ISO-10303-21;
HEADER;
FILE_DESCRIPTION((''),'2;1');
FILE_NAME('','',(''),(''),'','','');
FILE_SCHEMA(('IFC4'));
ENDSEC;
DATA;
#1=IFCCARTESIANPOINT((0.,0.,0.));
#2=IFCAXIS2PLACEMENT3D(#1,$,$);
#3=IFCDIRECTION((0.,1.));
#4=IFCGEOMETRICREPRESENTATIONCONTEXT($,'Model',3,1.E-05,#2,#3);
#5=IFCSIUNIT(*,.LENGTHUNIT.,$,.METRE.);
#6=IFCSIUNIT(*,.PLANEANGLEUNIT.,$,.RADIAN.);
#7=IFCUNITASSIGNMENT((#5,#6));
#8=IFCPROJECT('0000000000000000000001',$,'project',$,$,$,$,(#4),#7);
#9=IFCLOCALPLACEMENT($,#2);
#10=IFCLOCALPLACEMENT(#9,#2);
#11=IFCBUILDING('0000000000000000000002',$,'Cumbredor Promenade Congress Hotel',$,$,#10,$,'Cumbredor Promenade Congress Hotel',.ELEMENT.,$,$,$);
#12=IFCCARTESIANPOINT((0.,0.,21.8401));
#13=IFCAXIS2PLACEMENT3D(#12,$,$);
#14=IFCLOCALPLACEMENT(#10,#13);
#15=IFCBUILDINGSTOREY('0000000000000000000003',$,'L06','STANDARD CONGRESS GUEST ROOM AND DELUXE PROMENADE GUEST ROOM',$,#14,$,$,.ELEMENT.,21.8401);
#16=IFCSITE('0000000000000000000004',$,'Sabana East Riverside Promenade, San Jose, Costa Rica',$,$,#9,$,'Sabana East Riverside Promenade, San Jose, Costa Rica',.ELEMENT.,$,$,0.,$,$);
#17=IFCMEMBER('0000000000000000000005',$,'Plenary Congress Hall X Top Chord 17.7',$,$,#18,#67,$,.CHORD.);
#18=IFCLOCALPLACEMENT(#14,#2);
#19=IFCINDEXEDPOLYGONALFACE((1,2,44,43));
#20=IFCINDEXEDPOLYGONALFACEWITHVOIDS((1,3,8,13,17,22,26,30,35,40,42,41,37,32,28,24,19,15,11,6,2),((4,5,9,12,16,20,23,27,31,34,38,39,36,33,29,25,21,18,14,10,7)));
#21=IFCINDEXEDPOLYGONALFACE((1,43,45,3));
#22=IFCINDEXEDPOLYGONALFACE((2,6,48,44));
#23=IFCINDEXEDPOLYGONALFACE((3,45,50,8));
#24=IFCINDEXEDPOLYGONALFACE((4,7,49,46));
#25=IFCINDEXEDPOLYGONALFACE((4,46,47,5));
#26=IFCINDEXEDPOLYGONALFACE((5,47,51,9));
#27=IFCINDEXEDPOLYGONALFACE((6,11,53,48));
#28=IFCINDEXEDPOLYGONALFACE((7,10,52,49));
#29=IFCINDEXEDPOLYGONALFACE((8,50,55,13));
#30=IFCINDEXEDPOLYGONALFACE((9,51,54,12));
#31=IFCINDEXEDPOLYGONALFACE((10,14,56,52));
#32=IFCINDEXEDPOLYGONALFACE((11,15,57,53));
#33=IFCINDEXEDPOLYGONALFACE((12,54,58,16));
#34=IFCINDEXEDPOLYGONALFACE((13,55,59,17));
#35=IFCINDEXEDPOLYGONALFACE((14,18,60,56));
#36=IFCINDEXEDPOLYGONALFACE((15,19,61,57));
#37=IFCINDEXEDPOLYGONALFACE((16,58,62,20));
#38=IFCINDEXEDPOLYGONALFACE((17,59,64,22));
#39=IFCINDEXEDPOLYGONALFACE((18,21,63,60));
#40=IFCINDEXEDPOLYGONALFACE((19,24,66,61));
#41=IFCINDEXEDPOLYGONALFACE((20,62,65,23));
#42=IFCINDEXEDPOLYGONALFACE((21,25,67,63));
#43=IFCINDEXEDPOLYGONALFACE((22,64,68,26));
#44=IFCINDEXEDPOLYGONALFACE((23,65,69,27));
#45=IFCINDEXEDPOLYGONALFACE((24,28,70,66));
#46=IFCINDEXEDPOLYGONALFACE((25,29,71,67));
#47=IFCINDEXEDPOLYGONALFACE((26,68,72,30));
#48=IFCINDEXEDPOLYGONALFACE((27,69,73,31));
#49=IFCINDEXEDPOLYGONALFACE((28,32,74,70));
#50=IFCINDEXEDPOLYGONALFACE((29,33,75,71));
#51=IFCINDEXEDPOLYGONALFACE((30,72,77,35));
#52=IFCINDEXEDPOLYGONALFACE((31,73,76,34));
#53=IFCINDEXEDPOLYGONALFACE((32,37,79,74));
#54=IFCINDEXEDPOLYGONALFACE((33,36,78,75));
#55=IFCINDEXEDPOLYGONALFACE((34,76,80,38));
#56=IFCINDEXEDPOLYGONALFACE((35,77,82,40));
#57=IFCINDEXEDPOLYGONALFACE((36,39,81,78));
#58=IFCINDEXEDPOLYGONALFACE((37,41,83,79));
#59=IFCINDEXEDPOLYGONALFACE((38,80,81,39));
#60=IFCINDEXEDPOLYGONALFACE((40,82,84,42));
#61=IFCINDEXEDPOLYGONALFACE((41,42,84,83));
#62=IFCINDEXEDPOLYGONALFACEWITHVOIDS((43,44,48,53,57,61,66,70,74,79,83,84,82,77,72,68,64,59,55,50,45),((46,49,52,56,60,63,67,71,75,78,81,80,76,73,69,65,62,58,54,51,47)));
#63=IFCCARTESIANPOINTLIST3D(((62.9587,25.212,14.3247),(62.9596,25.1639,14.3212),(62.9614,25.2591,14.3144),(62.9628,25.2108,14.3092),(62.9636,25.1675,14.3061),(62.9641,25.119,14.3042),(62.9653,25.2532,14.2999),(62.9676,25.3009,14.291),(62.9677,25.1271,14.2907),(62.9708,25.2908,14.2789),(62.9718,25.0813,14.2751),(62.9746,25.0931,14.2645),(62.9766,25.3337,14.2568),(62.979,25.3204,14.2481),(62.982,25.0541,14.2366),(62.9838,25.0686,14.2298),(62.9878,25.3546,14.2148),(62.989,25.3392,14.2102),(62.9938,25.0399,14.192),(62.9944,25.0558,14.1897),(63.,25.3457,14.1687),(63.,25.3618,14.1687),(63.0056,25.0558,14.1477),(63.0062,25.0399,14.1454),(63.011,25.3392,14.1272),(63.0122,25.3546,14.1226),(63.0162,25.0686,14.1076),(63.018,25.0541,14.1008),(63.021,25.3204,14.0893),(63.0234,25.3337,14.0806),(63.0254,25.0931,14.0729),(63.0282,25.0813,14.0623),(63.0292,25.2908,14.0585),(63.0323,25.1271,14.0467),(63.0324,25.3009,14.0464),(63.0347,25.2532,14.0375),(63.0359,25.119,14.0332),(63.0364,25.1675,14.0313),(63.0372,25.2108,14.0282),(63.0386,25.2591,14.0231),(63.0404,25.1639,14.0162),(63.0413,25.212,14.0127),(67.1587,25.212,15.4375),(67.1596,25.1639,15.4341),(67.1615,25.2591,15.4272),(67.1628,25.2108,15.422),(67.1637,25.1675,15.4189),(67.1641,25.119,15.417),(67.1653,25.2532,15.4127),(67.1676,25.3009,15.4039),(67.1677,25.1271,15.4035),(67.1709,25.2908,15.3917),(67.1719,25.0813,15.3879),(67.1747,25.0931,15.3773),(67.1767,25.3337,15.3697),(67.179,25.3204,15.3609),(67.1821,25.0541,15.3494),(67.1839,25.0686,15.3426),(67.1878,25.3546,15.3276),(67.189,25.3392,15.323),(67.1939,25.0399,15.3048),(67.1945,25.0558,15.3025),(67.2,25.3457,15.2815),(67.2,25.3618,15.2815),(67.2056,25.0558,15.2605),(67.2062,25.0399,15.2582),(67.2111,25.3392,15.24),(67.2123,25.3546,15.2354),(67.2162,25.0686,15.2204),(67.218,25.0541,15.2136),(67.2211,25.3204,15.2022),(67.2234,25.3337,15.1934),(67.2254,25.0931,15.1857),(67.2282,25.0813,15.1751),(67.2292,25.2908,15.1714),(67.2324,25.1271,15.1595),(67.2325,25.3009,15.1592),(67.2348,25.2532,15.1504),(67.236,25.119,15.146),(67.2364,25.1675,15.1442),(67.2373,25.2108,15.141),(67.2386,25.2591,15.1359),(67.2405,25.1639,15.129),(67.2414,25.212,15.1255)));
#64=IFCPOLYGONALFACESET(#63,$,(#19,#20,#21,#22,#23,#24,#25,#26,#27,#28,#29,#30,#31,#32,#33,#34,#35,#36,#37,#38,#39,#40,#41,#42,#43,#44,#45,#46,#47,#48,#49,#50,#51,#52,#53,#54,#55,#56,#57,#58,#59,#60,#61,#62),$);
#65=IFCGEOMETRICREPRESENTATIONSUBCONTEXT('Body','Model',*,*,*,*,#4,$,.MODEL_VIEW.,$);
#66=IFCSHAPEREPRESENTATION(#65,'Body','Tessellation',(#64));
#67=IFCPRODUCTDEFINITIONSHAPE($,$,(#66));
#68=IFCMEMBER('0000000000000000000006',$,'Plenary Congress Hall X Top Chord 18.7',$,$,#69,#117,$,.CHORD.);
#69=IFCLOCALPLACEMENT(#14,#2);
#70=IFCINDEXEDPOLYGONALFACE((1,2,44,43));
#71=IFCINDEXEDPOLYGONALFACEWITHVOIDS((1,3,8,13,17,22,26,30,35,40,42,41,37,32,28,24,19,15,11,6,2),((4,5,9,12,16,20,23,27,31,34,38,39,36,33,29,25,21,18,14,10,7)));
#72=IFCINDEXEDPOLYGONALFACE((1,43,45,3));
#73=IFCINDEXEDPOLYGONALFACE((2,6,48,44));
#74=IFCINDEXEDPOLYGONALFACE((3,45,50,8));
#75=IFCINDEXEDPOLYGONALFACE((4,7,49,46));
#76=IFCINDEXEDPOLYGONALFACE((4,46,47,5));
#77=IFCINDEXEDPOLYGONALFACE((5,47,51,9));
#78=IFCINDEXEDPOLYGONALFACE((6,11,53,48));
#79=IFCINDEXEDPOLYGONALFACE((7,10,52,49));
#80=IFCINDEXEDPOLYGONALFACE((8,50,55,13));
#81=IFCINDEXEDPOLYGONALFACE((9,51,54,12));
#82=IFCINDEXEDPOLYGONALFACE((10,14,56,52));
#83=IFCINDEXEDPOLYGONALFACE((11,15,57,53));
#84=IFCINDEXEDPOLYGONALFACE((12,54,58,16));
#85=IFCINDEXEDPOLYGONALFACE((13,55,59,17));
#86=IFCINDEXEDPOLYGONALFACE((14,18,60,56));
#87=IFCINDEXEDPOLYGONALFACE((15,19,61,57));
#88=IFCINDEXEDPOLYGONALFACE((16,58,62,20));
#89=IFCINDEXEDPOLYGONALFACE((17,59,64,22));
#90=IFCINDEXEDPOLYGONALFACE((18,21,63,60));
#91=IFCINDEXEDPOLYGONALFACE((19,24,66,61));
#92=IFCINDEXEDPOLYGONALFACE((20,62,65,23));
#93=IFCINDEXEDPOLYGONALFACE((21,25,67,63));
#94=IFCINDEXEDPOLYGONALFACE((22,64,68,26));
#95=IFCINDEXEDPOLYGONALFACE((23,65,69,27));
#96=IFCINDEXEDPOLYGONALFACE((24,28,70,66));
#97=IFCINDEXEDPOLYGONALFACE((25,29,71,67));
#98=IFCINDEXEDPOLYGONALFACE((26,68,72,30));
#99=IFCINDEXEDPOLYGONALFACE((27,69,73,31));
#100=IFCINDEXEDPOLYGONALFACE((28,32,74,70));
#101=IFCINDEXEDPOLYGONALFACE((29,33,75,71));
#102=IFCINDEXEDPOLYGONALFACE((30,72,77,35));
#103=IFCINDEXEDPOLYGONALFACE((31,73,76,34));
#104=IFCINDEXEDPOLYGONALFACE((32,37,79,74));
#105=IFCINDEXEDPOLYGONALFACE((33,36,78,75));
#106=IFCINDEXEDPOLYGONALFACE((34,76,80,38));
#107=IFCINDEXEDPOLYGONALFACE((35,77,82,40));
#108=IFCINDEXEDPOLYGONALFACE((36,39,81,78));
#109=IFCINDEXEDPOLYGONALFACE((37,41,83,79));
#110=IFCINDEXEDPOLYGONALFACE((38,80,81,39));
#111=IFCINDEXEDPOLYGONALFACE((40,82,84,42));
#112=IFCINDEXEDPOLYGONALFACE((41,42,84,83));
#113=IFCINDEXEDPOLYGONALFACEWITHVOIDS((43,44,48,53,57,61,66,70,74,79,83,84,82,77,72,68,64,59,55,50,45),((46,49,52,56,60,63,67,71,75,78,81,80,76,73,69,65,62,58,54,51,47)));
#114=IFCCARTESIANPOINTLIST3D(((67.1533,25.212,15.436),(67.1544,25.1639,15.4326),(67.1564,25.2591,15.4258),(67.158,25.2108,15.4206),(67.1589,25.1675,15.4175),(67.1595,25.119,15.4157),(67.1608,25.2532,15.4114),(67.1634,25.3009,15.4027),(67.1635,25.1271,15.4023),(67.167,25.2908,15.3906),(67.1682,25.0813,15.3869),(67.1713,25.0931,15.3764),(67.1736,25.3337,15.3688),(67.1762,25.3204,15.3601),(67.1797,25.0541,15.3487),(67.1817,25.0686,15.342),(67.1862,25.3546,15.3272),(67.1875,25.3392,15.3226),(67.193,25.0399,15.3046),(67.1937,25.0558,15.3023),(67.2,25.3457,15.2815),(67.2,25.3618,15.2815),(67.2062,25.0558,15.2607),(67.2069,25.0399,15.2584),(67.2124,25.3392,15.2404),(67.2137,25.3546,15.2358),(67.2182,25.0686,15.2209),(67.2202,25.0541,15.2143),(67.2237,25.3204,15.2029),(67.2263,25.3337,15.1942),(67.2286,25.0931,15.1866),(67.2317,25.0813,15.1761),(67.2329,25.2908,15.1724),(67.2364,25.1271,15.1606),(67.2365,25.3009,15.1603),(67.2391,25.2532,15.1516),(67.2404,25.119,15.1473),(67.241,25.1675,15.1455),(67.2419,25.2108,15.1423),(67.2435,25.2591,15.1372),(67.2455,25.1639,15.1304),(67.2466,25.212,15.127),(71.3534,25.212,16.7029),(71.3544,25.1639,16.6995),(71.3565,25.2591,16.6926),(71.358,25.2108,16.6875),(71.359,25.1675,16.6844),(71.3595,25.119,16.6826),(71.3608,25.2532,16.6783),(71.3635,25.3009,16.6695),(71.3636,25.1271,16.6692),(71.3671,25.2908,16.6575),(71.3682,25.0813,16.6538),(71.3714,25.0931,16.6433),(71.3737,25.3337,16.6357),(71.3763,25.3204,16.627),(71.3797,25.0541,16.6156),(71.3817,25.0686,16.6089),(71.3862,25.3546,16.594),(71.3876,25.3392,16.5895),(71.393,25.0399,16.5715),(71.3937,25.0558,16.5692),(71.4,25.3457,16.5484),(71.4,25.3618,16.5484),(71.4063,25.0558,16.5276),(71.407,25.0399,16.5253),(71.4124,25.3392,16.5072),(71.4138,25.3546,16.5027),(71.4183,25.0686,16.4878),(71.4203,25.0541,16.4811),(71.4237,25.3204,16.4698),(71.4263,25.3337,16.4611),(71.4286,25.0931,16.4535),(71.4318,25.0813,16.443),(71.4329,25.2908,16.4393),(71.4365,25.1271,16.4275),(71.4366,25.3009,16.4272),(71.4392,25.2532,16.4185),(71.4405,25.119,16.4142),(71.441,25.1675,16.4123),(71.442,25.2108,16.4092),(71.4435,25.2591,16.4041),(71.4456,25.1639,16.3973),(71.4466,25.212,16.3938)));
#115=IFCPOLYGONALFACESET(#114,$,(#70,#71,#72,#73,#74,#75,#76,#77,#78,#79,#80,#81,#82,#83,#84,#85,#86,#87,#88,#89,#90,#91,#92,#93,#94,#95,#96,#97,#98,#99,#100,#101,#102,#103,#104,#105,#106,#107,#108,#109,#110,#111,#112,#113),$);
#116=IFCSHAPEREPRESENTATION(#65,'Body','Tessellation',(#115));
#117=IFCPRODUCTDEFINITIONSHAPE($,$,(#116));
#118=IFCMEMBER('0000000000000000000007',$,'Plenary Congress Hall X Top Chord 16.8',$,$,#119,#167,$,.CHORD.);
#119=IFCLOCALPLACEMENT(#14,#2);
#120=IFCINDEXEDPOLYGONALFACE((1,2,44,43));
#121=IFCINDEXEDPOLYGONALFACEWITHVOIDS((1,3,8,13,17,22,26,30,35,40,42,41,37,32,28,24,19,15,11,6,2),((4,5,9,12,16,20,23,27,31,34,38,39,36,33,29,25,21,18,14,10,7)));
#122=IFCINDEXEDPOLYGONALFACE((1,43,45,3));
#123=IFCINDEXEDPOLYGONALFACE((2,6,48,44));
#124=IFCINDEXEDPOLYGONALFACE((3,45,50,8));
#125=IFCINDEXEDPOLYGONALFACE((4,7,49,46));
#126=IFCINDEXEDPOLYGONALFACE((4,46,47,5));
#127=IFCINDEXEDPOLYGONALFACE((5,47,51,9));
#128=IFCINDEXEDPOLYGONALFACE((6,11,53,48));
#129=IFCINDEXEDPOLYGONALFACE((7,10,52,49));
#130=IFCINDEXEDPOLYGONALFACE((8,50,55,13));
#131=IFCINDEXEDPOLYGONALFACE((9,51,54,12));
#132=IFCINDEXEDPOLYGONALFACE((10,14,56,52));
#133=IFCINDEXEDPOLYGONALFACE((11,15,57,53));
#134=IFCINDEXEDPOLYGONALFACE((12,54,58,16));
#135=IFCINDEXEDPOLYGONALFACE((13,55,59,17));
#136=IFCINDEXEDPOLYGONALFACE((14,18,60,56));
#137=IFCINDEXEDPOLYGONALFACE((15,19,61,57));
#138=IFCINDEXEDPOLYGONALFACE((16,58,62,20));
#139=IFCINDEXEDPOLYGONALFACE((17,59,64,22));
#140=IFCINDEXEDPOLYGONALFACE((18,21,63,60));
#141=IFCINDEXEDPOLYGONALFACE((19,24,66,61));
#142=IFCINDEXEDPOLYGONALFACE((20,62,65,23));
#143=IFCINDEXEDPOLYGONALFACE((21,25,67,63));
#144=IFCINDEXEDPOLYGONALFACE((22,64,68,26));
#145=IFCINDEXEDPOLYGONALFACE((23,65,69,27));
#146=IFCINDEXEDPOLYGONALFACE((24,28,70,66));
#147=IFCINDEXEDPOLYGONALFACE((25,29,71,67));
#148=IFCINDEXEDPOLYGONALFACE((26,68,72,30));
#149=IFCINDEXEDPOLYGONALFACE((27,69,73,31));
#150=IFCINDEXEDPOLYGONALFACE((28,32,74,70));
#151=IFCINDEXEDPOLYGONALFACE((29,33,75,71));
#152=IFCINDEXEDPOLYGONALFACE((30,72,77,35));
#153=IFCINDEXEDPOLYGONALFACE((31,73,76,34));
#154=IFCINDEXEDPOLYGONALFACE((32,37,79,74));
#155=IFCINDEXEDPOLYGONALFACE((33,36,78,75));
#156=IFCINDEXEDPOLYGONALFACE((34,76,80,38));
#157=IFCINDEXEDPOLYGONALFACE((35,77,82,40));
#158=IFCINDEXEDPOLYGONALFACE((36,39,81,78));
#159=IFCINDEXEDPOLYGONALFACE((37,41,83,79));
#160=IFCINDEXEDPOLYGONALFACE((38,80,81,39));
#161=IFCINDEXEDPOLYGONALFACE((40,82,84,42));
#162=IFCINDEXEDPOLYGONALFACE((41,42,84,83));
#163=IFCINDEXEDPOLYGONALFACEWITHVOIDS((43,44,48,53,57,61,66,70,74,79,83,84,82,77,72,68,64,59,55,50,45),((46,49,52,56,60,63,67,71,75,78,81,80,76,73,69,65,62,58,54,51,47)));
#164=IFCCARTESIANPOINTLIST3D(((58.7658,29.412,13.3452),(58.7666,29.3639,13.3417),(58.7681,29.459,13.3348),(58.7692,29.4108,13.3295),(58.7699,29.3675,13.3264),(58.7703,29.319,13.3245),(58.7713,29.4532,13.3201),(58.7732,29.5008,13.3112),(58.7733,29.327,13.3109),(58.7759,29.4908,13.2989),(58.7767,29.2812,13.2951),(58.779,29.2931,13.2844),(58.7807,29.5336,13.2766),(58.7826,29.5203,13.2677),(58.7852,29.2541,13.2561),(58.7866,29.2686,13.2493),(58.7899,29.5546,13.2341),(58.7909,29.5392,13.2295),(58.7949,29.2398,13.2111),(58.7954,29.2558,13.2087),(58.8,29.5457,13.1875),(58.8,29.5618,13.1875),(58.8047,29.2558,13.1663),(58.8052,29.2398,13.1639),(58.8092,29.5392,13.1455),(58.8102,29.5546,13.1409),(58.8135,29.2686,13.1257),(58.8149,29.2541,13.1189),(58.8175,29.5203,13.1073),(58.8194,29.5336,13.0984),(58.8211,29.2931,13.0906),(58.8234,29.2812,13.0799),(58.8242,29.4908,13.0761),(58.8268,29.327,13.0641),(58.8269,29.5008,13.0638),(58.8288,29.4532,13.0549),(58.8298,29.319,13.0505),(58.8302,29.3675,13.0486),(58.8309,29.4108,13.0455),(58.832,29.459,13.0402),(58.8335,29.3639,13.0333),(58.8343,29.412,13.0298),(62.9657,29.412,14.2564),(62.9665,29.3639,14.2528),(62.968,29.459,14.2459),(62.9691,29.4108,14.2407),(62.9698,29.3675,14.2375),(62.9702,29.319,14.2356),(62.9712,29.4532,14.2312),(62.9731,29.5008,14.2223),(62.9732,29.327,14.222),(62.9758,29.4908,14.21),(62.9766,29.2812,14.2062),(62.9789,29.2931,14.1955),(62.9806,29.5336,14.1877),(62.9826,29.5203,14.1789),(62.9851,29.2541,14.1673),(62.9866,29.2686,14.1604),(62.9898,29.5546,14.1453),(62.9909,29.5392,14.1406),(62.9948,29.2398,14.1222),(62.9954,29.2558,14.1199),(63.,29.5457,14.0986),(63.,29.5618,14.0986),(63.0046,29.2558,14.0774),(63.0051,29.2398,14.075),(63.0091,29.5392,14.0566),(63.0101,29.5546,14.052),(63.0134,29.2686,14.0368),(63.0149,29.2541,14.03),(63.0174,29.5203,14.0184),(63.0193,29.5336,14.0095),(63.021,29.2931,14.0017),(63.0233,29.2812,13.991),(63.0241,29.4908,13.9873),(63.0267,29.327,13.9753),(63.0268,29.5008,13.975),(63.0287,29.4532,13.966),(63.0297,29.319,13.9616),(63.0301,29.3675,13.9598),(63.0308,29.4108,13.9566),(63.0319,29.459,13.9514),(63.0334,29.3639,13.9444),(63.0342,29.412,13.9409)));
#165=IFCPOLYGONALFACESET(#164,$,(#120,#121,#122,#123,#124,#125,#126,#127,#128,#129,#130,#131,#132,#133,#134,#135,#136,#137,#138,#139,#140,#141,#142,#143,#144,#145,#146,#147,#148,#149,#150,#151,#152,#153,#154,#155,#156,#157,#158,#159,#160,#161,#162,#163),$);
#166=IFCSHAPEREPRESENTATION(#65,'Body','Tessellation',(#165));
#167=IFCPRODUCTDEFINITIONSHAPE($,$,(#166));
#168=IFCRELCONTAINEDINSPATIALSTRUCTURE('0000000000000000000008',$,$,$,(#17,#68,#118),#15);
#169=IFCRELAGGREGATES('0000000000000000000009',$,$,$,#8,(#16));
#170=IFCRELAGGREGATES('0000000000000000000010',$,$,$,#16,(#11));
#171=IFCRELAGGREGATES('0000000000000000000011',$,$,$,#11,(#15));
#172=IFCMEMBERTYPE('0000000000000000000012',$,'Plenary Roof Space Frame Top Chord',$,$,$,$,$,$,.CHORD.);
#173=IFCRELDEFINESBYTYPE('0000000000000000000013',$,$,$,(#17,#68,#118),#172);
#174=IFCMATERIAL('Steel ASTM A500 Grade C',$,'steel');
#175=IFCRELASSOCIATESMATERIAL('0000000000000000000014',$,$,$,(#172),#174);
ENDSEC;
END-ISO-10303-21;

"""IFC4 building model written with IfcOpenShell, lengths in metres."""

from ifc_helpers import new_model, si_unit, direction, frame, origin, origin_2d, place, context, subcontext, project, spatial, hollow_circle, extrude, material, material_profile, profile_set, type_object, element, save


model = new_model("IFC4")

# Units and contexts
model_context = context("Model", 3, precision=1e-05, world=origin(), true_north=direction((0.0, 1.0)))
body_context = subcontext(model_context, "Body", "Model", "MODEL_VIEW")
ifc_project = project(units=[si_unit("LENGTHUNIT", "METRE"), si_unit("PLANEANGLEUNIT", "RADIAN")], contexts=[model_context])

# Site, building, storey
site_placement = place(None, origin())
site = spatial("IfcSite", under=ifc_project, at=site_placement, Name="Sabana East Riverside Promenade, San Jose, Costa Rica", LongName="Sabana East Riverside Promenade, San Jose, Costa Rica", CompositionType="ELEMENT", RefElevation=0.0)
building_placement = place(site_placement, origin())
building = spatial("IfcBuilding", under=site, at=building_placement, Name="Cumbredor Promenade Congress Hotel", LongName="Cumbredor Promenade Congress Hotel", CompositionType="ELEMENT")
storey_placement = place(building_placement, frame((0.0, 0.0, 21.8401)))
storey = spatial("IfcBuildingStorey", under=building, at=storey_placement, Name="L06", Description="STANDARD CONGRESS GUEST ROOM AND DELUXE PROMENADE GUEST ROOM", CompositionType="ELEMENT", Elevation=21.8401)

# Members
ifc_material_1 = material(Name="Steel ASTM A500 Grade C", Category="steel")
ifc_material_profile_1 = material_profile(ifc_material_1, hollow_circle(Radius=0.1619, WallThickness=0.0161, at=origin_2d()), Name="CHS 323.9x16")
ifc_profile_set_1 = profile_set([ifc_material_profile_1], Name="Steel ASTM A500 Grade C")
member_type_1 = type_object("IfcMemberType", Name="Plenary Roof Space Frame Top Chord", PredefinedType="CHORD", material=ifc_profile_set_1)
member_1_placement = place(storey_placement, frame((63.0, 25.2, 14.1687), z_axis=(0.966646, 0.0, 0.256116), x_axis=(0.0, 1.0, 0.0)))
element("IfcMember", 1, at=member_1_placement, inside=storey, type_object=member_type_1, Name="Plenary Congress Hall X Top Chord 17.7", PredefinedType="CHORD", context=body_context, shape_type="SweptSolid", body=[
    extrude(hollow_circle(Radius=0.1619, WallThickness=0.0161, at=origin_2d()), origin(), (0.0, 0.0, 1.0), 4.345),
])
member_2_placement = place(storey_placement, frame((67.2, 25.2, 15.2815), z_axis=(0.957395, 0.0, 0.288782), x_axis=(0.0, 1.0, 0.0)))
element("IfcMember", 2, at=member_2_placement, inside=storey, type_object=member_type_1, Name="Plenary Congress Hall X Top Chord 18.7", PredefinedType="CHORD", context=body_context, shape_type="SweptSolid", body=[
    extrude(hollow_circle(Radius=0.1619, WallThickness=0.0161, at=origin_2d()), origin(), (0.0, 0.0, 1.0), 4.387),
])
member_3_placement = place(storey_placement, frame((58.8, 29.3999, 13.1875), z_axis=(0.977268, 0.0, 0.212007), x_axis=(0.0, 1.0, 0.0)))
element("IfcMember", 3, at=member_3_placement, inside=storey, type_object=member_type_1, Name="Plenary Congress Hall X Top Chord 16.8", PredefinedType="CHORD", context=body_context, shape_type="SweptSolid", body=[
    extrude(hollow_circle(Radius=0.1619, WallThickness=0.0161, at=origin_2d()), origin(), (0.0, 0.0, 1.0), 4.2976),
])

save(model, "model.ifc")
